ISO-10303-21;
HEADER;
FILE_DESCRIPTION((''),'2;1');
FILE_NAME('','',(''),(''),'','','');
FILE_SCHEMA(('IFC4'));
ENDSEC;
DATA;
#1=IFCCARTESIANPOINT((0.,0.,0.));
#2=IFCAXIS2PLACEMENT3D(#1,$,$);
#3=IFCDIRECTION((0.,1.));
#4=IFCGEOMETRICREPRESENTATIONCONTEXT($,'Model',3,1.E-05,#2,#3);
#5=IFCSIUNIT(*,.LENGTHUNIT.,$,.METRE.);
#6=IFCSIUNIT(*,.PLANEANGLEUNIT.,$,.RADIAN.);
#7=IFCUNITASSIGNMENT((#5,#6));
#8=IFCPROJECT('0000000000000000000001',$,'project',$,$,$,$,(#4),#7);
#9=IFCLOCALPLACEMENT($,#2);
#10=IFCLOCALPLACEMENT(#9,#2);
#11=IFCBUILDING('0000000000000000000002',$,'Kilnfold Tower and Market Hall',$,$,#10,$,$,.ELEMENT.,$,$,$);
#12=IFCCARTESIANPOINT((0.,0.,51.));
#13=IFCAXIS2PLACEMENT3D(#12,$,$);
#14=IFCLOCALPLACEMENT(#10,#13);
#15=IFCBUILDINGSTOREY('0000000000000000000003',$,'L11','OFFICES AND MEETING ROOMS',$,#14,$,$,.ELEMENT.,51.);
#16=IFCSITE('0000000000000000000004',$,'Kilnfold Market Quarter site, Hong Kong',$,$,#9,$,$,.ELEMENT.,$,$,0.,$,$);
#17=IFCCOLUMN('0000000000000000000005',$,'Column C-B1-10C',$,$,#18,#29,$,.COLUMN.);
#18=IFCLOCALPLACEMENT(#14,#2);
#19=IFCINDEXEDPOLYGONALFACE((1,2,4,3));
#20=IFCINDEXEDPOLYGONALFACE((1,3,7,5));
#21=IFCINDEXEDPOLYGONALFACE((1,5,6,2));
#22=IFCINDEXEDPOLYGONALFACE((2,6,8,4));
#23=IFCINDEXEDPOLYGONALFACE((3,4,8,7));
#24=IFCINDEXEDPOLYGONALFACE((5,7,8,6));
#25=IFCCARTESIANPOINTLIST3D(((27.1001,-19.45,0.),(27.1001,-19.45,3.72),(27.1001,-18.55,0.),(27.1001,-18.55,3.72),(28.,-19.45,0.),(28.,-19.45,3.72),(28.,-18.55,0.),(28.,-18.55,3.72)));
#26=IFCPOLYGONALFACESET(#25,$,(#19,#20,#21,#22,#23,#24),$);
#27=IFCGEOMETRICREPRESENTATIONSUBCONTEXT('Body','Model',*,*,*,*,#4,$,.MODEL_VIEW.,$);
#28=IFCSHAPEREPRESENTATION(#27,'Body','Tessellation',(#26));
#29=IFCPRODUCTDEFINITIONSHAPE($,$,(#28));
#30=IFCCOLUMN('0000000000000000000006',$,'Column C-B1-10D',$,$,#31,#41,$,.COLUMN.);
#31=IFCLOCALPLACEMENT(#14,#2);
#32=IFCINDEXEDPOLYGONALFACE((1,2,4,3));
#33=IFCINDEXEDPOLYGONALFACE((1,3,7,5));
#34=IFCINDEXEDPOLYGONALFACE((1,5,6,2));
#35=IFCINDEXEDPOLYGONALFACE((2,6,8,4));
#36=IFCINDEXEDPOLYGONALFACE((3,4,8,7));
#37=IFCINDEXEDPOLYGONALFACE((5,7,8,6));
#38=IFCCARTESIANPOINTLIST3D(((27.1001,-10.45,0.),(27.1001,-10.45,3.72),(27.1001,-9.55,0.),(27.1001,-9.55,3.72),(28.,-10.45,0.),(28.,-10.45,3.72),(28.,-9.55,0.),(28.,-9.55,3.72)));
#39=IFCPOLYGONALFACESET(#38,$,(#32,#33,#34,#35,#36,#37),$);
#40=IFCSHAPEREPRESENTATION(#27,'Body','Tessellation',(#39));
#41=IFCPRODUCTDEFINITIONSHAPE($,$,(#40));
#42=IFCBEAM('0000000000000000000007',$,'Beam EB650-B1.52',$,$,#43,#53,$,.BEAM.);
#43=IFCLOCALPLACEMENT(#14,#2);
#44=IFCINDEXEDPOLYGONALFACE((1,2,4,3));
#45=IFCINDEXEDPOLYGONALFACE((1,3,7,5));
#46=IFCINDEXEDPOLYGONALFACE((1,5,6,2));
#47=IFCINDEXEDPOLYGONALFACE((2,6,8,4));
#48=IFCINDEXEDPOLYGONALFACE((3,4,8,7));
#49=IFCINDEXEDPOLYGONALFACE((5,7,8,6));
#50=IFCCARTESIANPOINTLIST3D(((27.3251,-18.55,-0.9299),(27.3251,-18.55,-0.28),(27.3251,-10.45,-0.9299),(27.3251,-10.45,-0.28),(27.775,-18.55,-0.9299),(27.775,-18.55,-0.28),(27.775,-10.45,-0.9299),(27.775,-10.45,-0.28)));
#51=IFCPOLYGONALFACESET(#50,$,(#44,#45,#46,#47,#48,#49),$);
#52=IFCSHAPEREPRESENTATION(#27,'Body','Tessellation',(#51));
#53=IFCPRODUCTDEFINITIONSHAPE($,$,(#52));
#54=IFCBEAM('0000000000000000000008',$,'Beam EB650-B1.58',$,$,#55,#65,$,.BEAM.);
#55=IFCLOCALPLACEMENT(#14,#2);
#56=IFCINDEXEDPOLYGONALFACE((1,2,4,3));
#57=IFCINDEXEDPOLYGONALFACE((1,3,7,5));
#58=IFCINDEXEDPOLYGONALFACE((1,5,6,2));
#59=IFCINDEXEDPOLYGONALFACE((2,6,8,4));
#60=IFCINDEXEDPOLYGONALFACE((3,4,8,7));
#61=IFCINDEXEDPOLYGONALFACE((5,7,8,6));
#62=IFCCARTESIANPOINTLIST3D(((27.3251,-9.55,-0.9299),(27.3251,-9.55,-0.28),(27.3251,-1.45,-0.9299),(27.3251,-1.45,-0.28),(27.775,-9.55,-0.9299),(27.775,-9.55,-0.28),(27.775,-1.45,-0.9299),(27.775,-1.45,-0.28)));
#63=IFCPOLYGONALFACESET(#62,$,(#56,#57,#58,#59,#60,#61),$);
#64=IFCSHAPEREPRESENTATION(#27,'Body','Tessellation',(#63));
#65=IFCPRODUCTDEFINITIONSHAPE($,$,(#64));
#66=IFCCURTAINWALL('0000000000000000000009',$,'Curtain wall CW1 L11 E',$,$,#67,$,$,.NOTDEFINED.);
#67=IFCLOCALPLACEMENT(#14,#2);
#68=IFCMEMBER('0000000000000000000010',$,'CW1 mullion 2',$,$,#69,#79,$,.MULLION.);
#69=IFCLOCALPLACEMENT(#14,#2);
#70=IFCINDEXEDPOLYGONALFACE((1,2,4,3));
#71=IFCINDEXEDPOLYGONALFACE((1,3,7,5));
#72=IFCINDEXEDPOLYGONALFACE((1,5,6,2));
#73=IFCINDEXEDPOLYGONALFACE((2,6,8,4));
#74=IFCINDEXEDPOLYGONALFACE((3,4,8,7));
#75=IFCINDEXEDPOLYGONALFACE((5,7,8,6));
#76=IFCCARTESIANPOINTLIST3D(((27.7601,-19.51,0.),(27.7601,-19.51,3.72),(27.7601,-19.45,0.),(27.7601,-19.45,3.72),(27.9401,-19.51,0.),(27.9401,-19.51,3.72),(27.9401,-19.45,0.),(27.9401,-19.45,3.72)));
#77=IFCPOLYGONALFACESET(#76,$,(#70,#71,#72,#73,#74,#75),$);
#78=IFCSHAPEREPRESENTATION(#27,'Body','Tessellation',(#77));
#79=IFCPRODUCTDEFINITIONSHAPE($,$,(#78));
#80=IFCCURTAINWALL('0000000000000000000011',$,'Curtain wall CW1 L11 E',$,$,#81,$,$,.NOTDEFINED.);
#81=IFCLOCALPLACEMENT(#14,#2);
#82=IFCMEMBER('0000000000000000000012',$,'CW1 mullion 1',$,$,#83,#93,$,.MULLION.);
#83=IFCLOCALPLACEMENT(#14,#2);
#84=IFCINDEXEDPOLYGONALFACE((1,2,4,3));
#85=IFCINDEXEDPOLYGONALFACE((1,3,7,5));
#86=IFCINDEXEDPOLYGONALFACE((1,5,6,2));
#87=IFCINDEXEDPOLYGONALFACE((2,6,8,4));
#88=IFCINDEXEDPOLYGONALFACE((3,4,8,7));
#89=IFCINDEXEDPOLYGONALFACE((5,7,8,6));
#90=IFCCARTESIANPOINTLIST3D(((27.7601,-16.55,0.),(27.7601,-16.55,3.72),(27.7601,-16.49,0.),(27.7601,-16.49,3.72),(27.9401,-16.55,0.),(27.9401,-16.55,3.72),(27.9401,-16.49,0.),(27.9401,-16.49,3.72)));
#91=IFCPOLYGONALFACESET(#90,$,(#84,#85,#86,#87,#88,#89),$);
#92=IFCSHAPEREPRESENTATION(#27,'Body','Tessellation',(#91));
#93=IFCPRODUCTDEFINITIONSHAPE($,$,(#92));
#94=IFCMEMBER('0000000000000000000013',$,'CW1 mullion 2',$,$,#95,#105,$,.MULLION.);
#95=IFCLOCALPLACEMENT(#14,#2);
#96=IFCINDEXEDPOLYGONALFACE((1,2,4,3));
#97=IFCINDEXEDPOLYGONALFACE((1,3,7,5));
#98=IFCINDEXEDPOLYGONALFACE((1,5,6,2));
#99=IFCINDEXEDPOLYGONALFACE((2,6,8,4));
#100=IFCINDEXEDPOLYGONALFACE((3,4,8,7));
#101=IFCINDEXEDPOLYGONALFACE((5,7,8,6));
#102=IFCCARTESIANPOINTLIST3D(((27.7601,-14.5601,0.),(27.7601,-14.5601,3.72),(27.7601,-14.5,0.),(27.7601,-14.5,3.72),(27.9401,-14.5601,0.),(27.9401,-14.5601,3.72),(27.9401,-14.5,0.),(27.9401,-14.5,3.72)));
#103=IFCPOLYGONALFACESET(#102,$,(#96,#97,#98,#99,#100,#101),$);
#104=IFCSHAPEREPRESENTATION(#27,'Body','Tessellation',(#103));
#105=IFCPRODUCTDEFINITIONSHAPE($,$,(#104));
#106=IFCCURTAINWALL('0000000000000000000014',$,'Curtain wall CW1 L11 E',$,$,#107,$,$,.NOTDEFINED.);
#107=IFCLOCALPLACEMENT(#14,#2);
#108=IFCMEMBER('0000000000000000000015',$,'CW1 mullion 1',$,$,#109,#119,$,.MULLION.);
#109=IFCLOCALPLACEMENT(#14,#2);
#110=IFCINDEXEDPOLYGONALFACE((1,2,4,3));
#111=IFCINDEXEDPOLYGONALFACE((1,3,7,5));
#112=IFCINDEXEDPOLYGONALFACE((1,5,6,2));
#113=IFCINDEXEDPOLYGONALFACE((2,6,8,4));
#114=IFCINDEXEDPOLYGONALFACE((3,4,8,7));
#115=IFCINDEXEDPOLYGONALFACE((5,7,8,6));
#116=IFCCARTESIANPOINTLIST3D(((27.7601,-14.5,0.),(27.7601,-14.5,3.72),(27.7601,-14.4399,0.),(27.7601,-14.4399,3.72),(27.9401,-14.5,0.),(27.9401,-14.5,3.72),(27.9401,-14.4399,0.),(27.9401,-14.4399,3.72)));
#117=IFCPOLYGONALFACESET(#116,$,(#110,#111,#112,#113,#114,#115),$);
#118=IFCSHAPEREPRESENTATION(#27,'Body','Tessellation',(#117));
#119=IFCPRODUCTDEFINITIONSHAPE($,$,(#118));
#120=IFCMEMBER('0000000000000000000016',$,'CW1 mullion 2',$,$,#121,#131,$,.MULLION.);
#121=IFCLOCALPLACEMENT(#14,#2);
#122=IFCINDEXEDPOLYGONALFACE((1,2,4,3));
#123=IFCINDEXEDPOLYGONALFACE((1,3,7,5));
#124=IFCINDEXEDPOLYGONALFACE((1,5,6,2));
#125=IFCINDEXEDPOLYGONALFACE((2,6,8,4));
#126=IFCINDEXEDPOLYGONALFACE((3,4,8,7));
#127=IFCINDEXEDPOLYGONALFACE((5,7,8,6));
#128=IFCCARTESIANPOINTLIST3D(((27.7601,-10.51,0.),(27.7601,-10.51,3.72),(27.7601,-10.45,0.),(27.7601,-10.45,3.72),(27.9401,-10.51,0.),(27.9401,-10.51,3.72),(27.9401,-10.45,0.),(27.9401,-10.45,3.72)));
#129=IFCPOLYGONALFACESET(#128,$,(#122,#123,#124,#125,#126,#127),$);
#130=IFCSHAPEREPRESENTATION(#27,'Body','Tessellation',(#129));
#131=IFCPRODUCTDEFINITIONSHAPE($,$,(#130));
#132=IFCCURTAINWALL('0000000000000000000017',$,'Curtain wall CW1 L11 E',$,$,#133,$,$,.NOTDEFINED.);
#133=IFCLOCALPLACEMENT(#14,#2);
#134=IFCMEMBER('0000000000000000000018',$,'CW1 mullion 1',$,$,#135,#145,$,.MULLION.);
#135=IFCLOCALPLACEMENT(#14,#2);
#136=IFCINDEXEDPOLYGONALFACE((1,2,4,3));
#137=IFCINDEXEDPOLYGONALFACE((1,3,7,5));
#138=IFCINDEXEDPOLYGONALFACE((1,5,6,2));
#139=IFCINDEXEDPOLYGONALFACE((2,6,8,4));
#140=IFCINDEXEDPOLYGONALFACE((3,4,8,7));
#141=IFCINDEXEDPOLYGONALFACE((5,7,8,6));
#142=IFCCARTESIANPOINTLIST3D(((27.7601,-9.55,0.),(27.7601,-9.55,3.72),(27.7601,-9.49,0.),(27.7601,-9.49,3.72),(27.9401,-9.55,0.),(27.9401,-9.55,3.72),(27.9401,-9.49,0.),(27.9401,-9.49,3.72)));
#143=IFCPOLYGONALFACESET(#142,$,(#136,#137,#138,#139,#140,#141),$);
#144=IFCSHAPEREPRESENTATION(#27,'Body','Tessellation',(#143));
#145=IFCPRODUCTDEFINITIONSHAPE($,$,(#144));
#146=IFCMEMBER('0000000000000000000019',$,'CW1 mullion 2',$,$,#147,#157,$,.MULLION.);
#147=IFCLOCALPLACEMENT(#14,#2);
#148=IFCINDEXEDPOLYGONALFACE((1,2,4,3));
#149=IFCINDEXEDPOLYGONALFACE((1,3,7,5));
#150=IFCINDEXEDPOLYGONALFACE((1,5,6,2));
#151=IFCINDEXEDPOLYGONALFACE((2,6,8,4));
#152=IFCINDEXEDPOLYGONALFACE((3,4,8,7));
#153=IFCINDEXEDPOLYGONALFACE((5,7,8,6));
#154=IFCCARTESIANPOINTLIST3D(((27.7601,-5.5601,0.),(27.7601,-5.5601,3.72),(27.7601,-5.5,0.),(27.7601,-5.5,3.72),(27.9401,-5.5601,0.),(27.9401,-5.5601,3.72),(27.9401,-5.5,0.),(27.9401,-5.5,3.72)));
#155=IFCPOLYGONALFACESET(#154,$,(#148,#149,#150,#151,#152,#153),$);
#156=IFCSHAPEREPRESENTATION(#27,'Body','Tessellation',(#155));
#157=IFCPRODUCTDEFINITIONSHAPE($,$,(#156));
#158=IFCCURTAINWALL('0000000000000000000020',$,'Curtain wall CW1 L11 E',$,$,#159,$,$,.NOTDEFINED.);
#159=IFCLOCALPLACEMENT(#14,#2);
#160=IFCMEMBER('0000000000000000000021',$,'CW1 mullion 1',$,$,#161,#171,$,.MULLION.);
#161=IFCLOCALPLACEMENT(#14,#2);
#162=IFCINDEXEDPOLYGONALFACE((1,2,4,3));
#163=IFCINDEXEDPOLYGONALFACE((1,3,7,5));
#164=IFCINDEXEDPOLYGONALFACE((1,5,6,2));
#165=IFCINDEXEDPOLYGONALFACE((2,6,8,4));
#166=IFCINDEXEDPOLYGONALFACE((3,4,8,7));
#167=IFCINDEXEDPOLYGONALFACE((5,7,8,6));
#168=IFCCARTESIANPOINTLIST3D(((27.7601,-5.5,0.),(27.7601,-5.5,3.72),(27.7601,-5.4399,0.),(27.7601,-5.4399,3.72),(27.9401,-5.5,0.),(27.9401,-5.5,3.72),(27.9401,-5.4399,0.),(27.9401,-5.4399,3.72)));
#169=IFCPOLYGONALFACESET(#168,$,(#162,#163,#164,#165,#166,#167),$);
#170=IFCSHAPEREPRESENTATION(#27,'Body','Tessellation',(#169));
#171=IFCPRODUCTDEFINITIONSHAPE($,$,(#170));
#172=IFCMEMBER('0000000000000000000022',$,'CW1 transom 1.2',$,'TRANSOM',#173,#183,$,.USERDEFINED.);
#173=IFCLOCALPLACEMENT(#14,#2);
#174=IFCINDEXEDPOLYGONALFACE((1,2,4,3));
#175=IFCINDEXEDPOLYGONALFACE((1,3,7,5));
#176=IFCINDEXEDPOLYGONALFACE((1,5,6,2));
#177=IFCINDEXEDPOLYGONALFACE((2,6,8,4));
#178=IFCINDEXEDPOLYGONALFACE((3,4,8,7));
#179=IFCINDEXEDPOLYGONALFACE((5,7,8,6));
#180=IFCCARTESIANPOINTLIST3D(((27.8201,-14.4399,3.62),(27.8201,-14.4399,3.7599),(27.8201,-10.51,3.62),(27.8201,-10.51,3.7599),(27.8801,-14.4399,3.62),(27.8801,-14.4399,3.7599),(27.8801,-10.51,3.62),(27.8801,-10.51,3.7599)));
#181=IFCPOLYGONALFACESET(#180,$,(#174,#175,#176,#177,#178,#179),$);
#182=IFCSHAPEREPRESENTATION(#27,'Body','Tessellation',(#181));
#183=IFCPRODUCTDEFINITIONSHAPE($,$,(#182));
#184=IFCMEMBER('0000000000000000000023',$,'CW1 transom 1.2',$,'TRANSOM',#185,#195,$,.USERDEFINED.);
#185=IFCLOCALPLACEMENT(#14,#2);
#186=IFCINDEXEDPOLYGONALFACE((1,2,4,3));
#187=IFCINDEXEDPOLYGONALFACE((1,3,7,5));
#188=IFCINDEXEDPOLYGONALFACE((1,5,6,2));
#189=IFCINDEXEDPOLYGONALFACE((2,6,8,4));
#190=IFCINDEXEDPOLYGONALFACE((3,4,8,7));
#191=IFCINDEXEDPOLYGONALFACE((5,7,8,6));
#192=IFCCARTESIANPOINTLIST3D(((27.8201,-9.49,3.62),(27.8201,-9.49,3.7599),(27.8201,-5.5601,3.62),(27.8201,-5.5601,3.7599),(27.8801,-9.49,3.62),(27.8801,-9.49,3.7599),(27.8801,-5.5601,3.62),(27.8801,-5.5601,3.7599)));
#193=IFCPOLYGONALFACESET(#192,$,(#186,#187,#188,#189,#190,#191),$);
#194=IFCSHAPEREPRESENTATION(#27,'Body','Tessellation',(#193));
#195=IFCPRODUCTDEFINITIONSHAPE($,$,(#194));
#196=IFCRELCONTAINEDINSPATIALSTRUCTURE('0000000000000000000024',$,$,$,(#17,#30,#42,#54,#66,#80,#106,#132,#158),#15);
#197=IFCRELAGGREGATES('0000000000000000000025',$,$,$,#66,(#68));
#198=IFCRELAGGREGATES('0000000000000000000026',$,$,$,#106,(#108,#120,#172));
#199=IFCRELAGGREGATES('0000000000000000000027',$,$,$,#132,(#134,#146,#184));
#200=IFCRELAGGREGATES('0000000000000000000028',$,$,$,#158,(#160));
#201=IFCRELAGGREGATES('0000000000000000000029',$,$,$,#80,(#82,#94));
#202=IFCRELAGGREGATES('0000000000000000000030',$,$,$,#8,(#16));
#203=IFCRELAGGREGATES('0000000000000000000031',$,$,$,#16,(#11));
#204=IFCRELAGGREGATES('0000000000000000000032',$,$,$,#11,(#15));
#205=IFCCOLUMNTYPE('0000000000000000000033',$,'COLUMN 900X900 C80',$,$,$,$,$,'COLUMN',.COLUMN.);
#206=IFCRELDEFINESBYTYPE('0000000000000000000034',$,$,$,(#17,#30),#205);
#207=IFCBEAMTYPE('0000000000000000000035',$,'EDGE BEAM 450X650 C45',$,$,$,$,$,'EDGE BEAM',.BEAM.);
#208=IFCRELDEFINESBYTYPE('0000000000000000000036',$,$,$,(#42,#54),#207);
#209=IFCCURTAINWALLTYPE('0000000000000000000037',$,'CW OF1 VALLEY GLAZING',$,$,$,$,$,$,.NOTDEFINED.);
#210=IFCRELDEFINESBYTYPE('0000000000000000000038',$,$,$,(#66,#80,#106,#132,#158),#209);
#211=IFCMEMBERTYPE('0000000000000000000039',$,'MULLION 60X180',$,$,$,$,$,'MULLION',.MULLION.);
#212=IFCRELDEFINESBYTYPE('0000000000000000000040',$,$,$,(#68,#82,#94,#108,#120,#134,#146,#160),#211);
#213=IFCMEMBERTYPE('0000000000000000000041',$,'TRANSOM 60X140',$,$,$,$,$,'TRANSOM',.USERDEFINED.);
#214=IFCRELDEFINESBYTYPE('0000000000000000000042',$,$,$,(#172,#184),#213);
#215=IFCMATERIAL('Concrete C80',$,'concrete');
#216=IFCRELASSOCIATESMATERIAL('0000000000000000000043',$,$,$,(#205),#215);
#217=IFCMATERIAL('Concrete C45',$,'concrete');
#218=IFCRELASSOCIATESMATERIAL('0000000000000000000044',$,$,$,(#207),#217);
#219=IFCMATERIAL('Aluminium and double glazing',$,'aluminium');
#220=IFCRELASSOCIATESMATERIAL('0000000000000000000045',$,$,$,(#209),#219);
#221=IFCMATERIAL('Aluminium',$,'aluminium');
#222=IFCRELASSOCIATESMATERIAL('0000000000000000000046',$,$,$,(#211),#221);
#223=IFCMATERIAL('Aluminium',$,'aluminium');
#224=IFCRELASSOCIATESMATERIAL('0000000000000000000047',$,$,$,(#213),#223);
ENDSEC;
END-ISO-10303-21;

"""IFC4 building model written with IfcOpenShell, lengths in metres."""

from ifc_helpers import new_model, si_unit, direction, frame, origin, origin_2d, place, context, subcontext, project, spatial, rectangle, extrude, source, transform, mapped, material, material_profile, profile_set, type_object, element, aggregate, save


model = new_model("IFC4")

# Units and contexts
model_context = context("Model", 3, precision=1e-05, world=origin(), true_north=direction((0.0, 1.0)))
body_context = subcontext(model_context, "Body", "Model", "MODEL_VIEW")
ifc_project = project(units=[si_unit("LENGTHUNIT", "METRE"), si_unit("PLANEANGLEUNIT", "RADIAN")], contexts=[model_context])

# Site, building, storey
site_placement = place(None, origin())
site = spatial("IfcSite", under=ifc_project, at=site_placement, Name="Kilnfold Market Quarter site, Hong Kong", CompositionType="ELEMENT", RefElevation=0.0)
building_placement = place(site_placement, origin())
building = spatial("IfcBuilding", under=site, at=building_placement, Name="Kilnfold Tower and Market Hall", CompositionType="ELEMENT")
storey_placement = place(building_placement, frame((0.0, 0.0, 51.0)))
storey = spatial("IfcBuildingStorey", under=building, at=storey_placement, Name="L11", Description="OFFICES AND MEETING ROOMS", CompositionType="ELEMENT", Elevation=51.0)

# Columns
ifc_material_1 = material(Name="Concrete C80", Category="concrete")
ifc_material_profile_1 = material_profile(ifc_material_1, rectangle(XDim=0.8999, YDim=0.8999, at=origin_2d()), Name="RC 900x900")
ifc_profile_set_1 = profile_set([ifc_material_profile_1], Name="Concrete C80")
column_type = type_object("IfcColumnType", Name="COLUMN 900X900 C80", ElementType="COLUMN", PredefinedType="COLUMN", material=ifc_profile_set_1)
shared_shape_1 = source(origin(), body_context, "Body", "SweptSolid", [
    extrude(rectangle(XDim=0.8999, YDim=0.8999, at=origin_2d()), origin(), (0.0, 0.0, 1.0), 3.72),
])
for number, where, z_axis, x_axis, name in (
    (1, (27.55, -19.0, 0.0), (0.0, 0.0, 1.0), (1.0, 0.0, 0.0), "Column C-B1-10C"),
    (2, (27.55, -10.0, 0.0), (0.0, 0.0, 1.0), (1.0, 0.0, 0.0), "Column C-B1-10D"),
):
    element("IfcColumn", number, at=place(storey_placement, frame(where, z_axis=z_axis, x_axis=x_axis)), inside=storey, type_object=column_type, Name=name, PredefinedType="COLUMN", context=body_context, shape_type="MappedRepresentation", body=[
        mapped(shared_shape_1, transform((0.0, 0.0, 0.0))),
    ])

# Beams
ifc_material_2 = material(Name="Concrete C45", Category="concrete")
ifc_material_profile_2 = material_profile(ifc_material_2, rectangle(XDim=0.45, YDim=0.6499, at=origin_2d()), Name="RC 450x650")
ifc_profile_set_2 = profile_set([ifc_material_profile_2], Name="Concrete C45")
beam_type = type_object("IfcBeamType", Name="EDGE BEAM 450X650 C45", ElementType="EDGE BEAM", PredefinedType="BEAM", material=ifc_profile_set_2)
shared_shape_2 = source(origin(), body_context, "Body", "SweptSolid", [
    extrude(rectangle(XDim=0.45, YDim=0.6499, at=origin_2d()), origin(), (0.0, 0.0, 1.0), 8.1001),
])
for number, where, z_axis, x_axis, name in (
    (3, (27.55, -18.55, -0.605), (0.0, 1.0, 0.0), (-1.0, 0.0, 0.0), "Beam EB650-B1.52"),
    (4, (27.55, -9.55, -0.605), (0.0, 1.0, 0.0), (-1.0, 0.0, 0.0), "Beam EB650-B1.58"),
):
    element("IfcBeam", number, at=place(storey_placement, frame(where, z_axis=z_axis, x_axis=x_axis)), inside=storey, type_object=beam_type, Name=name, PredefinedType="BEAM", context=body_context, shape_type="MappedRepresentation", body=[
        mapped(shared_shape_2, transform((0.0, 0.0, 0.0))),
    ])

# Curtain wall, member
ifc_material_3 = material(Name="Aluminium and double glazing", Category="aluminium")
curtain_wall_type = type_object("IfcCurtainWallType", Name="CW OF1 VALLEY GLAZING", PredefinedType="NOTDEFINED", material=ifc_material_3)
curtain_wall_1_placement = place(storey_placement, origin())
curtain_wall_1 = element("IfcCurtainWall", 5, at=curtain_wall_1_placement, inside=storey, type_object=curtain_wall_type, Name="Curtain wall CW1 L11 E", PredefinedType="NOTDEFINED")
ifc_material_4 = material(Name="Aluminium", Category="aluminium")
ifc_material_profile_3 = material_profile(ifc_material_4, rectangle(XDim=0.0601, YDim=0.1799, at=origin_2d()), Name="MULLION 60x180")
ifc_profile_set_3 = profile_set([ifc_material_profile_3], Name="Aluminium")
member_type_1 = type_object("IfcMemberType", Name="MULLION 60X180", ElementType="MULLION", PredefinedType="MULLION", material=ifc_profile_set_3)
shared_shape_3 = source(origin(), body_context, "Body", "SweptSolid", [
    extrude(rectangle(XDim=0.0601, YDim=0.1799, at=origin_2d()), origin(), (0.0, 0.0, 1.0), 3.72),
])
member_1_placement = place(storey_placement, frame((27.8501, -19.48, 0.0), z_axis=(0.0, 0.0, 1.0), x_axis=(0.0, 1.0, 0.0)))
member_1 = element("IfcMember", 6, at=member_1_placement, type_object=member_type_1, Name="CW1 mullion 2", PredefinedType="MULLION", context=body_context, shape_type="MappedRepresentation", body=[
    mapped(shared_shape_3, transform((0.0, 0.0, 0.0))),
])
aggregate(curtain_wall_1, [member_1])

# Curtain walls, members
curtain_wall_2_placement = place(storey_placement, origin())
curtain_wall_2 = element("IfcCurtainWall", 7, at=curtain_wall_2_placement, inside=storey, type_object=curtain_wall_type, Name="Curtain wall CW1 L11 E", PredefinedType="NOTDEFINED")
member_2_placement = place(storey_placement, frame((27.8501, -16.52, 0.0), z_axis=(0.0, 0.0, 1.0), x_axis=(0.0, 1.0, 0.0)))
member_2 = element("IfcMember", 8, at=member_2_placement, type_object=member_type_1, Name="CW1 mullion 1", PredefinedType="MULLION", context=body_context, shape_type="MappedRepresentation", body=[
    mapped(shared_shape_3, transform((0.0, 0.0, 0.0))),
])
member_3_placement = place(storey_placement, frame((27.8501, -14.53, 0.0), z_axis=(0.0, 0.0, 1.0), x_axis=(0.0, 1.0, 0.0)))
member_3 = element("IfcMember", 9, at=member_3_placement, type_object=member_type_1, Name="CW1 mullion 2", PredefinedType="MULLION", context=body_context, shape_type="MappedRepresentation", body=[
    mapped(shared_shape_3, transform((0.0, 0.0, 0.0))),
])
curtain_wall_3_placement = place(storey_placement, origin())
curtain_wall_3 = element("IfcCurtainWall", 10, at=curtain_wall_3_placement, inside=storey, type_object=curtain_wall_type, Name="Curtain wall CW1 L11 E", PredefinedType="NOTDEFINED")
member_4_placement = place(storey_placement, frame((27.8501, -14.47, 0.0), z_axis=(0.0, 0.0, 1.0), x_axis=(0.0, 1.0, 0.0)))
member_4 = element("IfcMember", 11, at=member_4_placement, type_object=member_type_1, Name="CW1 mullion 1", PredefinedType="MULLION", context=body_context, shape_type="MappedRepresentation", body=[
    mapped(shared_shape_3, transform((0.0, 0.0, 0.0))),
])
member_5_placement = place(storey_placement, frame((27.8501, -10.48, 0.0), z_axis=(0.0, 0.0, 1.0), x_axis=(0.0, 1.0, 0.0)))
member_5 = element("IfcMember", 12, at=member_5_placement, type_object=member_type_1, Name="CW1 mullion 2", PredefinedType="MULLION", context=body_context, shape_type="MappedRepresentation", body=[
    mapped(shared_shape_3, transform((0.0, 0.0, 0.0))),
])
curtain_wall_4_placement = place(storey_placement, origin())
curtain_wall_4 = element("IfcCurtainWall", 13, at=curtain_wall_4_placement, inside=storey, type_object=curtain_wall_type, Name="Curtain wall CW1 L11 E", PredefinedType="NOTDEFINED")
member_6_placement = place(storey_placement, frame((27.8501, -9.52, 0.0), z_axis=(0.0, 0.0, 1.0), x_axis=(0.0, 1.0, 0.0)))
member_6 = element("IfcMember", 14, at=member_6_placement, type_object=member_type_1, Name="CW1 mullion 1", PredefinedType="MULLION", context=body_context, shape_type="MappedRepresentation", body=[
    mapped(shared_shape_3, transform((0.0, 0.0, 0.0))),
])
member_7_placement = place(storey_placement, frame((27.8501, -5.53, 0.0), z_axis=(0.0, 0.0, 1.0), x_axis=(0.0, 1.0, 0.0)))
member_7 = element("IfcMember", 15, at=member_7_placement, type_object=member_type_1, Name="CW1 mullion 2", PredefinedType="MULLION", context=body_context, shape_type="MappedRepresentation", body=[
    mapped(shared_shape_3, transform((0.0, 0.0, 0.0))),
])

# Curtain wall, member
curtain_wall_5_placement = place(storey_placement, origin())
curtain_wall_5 = element("IfcCurtainWall", 16, at=curtain_wall_5_placement, inside=storey, type_object=curtain_wall_type, Name="Curtain wall CW1 L11 E", PredefinedType="NOTDEFINED")
member_8_placement = place(storey_placement, frame((27.8501, -5.47, 0.0), z_axis=(0.0, 0.0, 1.0), x_axis=(0.0, 1.0, 0.0)))
member_8 = element("IfcMember", 17, at=member_8_placement, type_object=member_type_1, Name="CW1 mullion 1", PredefinedType="MULLION", context=body_context, shape_type="MappedRepresentation", body=[
    mapped(shared_shape_3, transform((0.0, 0.0, 0.0))),
])

# Members
ifc_material_5 = material(Name="Aluminium", Category="aluminium")
ifc_material_profile_4 = material_profile(ifc_material_5, rectangle(XDim=0.0601, YDim=0.1399, at=origin_2d()), Name="TRANSOM 60x140")
ifc_profile_set_4 = profile_set([ifc_material_profile_4], Name="Aluminium")
member_type_2 = type_object("IfcMemberType", Name="TRANSOM 60X140", ElementType="TRANSOM", PredefinedType="USERDEFINED", material=ifc_profile_set_4)
shared_shape_4 = source(origin(), body_context, "Body", "SweptSolid", [
    extrude(rectangle(XDim=0.0601, YDim=0.1399, at=origin_2d()), origin(), (0.0, 0.0, 1.0), 3.9299),
])
member_9_placement = place(storey_placement, frame((27.8501, -14.4399, 3.6899), z_axis=(0.0, 1.0, 0.0), x_axis=(-1.0, 0.0, 0.0)))
member_9 = element("IfcMember", 18, at=member_9_placement, type_object=member_type_2, Name="CW1 transom 1.2", ObjectType="TRANSOM", PredefinedType="USERDEFINED", context=body_context, shape_type="MappedRepresentation", body=[
    mapped(shared_shape_4, transform((0.0, 0.0, 0.0))),
])
member_10_placement = place(storey_placement, frame((27.8501, -9.49, 3.6899), z_axis=(0.0, 1.0, 0.0), x_axis=(-1.0, 0.0, 0.0)))
member_10 = element("IfcMember", 19, at=member_10_placement, type_object=member_type_2, Name="CW1 transom 1.2", ObjectType="TRANSOM", PredefinedType="USERDEFINED", context=body_context, shape_type="MappedRepresentation", body=[
    mapped(shared_shape_4, transform((0.0, 0.0, 0.0))),
])

aggregate(curtain_wall_3, [member_4, member_5, member_9])
aggregate(curtain_wall_4, [member_6, member_7, member_10])
aggregate(curtain_wall_5, [member_8])
aggregate(curtain_wall_2, [member_2, member_3])

save(model, "model.ifc")
